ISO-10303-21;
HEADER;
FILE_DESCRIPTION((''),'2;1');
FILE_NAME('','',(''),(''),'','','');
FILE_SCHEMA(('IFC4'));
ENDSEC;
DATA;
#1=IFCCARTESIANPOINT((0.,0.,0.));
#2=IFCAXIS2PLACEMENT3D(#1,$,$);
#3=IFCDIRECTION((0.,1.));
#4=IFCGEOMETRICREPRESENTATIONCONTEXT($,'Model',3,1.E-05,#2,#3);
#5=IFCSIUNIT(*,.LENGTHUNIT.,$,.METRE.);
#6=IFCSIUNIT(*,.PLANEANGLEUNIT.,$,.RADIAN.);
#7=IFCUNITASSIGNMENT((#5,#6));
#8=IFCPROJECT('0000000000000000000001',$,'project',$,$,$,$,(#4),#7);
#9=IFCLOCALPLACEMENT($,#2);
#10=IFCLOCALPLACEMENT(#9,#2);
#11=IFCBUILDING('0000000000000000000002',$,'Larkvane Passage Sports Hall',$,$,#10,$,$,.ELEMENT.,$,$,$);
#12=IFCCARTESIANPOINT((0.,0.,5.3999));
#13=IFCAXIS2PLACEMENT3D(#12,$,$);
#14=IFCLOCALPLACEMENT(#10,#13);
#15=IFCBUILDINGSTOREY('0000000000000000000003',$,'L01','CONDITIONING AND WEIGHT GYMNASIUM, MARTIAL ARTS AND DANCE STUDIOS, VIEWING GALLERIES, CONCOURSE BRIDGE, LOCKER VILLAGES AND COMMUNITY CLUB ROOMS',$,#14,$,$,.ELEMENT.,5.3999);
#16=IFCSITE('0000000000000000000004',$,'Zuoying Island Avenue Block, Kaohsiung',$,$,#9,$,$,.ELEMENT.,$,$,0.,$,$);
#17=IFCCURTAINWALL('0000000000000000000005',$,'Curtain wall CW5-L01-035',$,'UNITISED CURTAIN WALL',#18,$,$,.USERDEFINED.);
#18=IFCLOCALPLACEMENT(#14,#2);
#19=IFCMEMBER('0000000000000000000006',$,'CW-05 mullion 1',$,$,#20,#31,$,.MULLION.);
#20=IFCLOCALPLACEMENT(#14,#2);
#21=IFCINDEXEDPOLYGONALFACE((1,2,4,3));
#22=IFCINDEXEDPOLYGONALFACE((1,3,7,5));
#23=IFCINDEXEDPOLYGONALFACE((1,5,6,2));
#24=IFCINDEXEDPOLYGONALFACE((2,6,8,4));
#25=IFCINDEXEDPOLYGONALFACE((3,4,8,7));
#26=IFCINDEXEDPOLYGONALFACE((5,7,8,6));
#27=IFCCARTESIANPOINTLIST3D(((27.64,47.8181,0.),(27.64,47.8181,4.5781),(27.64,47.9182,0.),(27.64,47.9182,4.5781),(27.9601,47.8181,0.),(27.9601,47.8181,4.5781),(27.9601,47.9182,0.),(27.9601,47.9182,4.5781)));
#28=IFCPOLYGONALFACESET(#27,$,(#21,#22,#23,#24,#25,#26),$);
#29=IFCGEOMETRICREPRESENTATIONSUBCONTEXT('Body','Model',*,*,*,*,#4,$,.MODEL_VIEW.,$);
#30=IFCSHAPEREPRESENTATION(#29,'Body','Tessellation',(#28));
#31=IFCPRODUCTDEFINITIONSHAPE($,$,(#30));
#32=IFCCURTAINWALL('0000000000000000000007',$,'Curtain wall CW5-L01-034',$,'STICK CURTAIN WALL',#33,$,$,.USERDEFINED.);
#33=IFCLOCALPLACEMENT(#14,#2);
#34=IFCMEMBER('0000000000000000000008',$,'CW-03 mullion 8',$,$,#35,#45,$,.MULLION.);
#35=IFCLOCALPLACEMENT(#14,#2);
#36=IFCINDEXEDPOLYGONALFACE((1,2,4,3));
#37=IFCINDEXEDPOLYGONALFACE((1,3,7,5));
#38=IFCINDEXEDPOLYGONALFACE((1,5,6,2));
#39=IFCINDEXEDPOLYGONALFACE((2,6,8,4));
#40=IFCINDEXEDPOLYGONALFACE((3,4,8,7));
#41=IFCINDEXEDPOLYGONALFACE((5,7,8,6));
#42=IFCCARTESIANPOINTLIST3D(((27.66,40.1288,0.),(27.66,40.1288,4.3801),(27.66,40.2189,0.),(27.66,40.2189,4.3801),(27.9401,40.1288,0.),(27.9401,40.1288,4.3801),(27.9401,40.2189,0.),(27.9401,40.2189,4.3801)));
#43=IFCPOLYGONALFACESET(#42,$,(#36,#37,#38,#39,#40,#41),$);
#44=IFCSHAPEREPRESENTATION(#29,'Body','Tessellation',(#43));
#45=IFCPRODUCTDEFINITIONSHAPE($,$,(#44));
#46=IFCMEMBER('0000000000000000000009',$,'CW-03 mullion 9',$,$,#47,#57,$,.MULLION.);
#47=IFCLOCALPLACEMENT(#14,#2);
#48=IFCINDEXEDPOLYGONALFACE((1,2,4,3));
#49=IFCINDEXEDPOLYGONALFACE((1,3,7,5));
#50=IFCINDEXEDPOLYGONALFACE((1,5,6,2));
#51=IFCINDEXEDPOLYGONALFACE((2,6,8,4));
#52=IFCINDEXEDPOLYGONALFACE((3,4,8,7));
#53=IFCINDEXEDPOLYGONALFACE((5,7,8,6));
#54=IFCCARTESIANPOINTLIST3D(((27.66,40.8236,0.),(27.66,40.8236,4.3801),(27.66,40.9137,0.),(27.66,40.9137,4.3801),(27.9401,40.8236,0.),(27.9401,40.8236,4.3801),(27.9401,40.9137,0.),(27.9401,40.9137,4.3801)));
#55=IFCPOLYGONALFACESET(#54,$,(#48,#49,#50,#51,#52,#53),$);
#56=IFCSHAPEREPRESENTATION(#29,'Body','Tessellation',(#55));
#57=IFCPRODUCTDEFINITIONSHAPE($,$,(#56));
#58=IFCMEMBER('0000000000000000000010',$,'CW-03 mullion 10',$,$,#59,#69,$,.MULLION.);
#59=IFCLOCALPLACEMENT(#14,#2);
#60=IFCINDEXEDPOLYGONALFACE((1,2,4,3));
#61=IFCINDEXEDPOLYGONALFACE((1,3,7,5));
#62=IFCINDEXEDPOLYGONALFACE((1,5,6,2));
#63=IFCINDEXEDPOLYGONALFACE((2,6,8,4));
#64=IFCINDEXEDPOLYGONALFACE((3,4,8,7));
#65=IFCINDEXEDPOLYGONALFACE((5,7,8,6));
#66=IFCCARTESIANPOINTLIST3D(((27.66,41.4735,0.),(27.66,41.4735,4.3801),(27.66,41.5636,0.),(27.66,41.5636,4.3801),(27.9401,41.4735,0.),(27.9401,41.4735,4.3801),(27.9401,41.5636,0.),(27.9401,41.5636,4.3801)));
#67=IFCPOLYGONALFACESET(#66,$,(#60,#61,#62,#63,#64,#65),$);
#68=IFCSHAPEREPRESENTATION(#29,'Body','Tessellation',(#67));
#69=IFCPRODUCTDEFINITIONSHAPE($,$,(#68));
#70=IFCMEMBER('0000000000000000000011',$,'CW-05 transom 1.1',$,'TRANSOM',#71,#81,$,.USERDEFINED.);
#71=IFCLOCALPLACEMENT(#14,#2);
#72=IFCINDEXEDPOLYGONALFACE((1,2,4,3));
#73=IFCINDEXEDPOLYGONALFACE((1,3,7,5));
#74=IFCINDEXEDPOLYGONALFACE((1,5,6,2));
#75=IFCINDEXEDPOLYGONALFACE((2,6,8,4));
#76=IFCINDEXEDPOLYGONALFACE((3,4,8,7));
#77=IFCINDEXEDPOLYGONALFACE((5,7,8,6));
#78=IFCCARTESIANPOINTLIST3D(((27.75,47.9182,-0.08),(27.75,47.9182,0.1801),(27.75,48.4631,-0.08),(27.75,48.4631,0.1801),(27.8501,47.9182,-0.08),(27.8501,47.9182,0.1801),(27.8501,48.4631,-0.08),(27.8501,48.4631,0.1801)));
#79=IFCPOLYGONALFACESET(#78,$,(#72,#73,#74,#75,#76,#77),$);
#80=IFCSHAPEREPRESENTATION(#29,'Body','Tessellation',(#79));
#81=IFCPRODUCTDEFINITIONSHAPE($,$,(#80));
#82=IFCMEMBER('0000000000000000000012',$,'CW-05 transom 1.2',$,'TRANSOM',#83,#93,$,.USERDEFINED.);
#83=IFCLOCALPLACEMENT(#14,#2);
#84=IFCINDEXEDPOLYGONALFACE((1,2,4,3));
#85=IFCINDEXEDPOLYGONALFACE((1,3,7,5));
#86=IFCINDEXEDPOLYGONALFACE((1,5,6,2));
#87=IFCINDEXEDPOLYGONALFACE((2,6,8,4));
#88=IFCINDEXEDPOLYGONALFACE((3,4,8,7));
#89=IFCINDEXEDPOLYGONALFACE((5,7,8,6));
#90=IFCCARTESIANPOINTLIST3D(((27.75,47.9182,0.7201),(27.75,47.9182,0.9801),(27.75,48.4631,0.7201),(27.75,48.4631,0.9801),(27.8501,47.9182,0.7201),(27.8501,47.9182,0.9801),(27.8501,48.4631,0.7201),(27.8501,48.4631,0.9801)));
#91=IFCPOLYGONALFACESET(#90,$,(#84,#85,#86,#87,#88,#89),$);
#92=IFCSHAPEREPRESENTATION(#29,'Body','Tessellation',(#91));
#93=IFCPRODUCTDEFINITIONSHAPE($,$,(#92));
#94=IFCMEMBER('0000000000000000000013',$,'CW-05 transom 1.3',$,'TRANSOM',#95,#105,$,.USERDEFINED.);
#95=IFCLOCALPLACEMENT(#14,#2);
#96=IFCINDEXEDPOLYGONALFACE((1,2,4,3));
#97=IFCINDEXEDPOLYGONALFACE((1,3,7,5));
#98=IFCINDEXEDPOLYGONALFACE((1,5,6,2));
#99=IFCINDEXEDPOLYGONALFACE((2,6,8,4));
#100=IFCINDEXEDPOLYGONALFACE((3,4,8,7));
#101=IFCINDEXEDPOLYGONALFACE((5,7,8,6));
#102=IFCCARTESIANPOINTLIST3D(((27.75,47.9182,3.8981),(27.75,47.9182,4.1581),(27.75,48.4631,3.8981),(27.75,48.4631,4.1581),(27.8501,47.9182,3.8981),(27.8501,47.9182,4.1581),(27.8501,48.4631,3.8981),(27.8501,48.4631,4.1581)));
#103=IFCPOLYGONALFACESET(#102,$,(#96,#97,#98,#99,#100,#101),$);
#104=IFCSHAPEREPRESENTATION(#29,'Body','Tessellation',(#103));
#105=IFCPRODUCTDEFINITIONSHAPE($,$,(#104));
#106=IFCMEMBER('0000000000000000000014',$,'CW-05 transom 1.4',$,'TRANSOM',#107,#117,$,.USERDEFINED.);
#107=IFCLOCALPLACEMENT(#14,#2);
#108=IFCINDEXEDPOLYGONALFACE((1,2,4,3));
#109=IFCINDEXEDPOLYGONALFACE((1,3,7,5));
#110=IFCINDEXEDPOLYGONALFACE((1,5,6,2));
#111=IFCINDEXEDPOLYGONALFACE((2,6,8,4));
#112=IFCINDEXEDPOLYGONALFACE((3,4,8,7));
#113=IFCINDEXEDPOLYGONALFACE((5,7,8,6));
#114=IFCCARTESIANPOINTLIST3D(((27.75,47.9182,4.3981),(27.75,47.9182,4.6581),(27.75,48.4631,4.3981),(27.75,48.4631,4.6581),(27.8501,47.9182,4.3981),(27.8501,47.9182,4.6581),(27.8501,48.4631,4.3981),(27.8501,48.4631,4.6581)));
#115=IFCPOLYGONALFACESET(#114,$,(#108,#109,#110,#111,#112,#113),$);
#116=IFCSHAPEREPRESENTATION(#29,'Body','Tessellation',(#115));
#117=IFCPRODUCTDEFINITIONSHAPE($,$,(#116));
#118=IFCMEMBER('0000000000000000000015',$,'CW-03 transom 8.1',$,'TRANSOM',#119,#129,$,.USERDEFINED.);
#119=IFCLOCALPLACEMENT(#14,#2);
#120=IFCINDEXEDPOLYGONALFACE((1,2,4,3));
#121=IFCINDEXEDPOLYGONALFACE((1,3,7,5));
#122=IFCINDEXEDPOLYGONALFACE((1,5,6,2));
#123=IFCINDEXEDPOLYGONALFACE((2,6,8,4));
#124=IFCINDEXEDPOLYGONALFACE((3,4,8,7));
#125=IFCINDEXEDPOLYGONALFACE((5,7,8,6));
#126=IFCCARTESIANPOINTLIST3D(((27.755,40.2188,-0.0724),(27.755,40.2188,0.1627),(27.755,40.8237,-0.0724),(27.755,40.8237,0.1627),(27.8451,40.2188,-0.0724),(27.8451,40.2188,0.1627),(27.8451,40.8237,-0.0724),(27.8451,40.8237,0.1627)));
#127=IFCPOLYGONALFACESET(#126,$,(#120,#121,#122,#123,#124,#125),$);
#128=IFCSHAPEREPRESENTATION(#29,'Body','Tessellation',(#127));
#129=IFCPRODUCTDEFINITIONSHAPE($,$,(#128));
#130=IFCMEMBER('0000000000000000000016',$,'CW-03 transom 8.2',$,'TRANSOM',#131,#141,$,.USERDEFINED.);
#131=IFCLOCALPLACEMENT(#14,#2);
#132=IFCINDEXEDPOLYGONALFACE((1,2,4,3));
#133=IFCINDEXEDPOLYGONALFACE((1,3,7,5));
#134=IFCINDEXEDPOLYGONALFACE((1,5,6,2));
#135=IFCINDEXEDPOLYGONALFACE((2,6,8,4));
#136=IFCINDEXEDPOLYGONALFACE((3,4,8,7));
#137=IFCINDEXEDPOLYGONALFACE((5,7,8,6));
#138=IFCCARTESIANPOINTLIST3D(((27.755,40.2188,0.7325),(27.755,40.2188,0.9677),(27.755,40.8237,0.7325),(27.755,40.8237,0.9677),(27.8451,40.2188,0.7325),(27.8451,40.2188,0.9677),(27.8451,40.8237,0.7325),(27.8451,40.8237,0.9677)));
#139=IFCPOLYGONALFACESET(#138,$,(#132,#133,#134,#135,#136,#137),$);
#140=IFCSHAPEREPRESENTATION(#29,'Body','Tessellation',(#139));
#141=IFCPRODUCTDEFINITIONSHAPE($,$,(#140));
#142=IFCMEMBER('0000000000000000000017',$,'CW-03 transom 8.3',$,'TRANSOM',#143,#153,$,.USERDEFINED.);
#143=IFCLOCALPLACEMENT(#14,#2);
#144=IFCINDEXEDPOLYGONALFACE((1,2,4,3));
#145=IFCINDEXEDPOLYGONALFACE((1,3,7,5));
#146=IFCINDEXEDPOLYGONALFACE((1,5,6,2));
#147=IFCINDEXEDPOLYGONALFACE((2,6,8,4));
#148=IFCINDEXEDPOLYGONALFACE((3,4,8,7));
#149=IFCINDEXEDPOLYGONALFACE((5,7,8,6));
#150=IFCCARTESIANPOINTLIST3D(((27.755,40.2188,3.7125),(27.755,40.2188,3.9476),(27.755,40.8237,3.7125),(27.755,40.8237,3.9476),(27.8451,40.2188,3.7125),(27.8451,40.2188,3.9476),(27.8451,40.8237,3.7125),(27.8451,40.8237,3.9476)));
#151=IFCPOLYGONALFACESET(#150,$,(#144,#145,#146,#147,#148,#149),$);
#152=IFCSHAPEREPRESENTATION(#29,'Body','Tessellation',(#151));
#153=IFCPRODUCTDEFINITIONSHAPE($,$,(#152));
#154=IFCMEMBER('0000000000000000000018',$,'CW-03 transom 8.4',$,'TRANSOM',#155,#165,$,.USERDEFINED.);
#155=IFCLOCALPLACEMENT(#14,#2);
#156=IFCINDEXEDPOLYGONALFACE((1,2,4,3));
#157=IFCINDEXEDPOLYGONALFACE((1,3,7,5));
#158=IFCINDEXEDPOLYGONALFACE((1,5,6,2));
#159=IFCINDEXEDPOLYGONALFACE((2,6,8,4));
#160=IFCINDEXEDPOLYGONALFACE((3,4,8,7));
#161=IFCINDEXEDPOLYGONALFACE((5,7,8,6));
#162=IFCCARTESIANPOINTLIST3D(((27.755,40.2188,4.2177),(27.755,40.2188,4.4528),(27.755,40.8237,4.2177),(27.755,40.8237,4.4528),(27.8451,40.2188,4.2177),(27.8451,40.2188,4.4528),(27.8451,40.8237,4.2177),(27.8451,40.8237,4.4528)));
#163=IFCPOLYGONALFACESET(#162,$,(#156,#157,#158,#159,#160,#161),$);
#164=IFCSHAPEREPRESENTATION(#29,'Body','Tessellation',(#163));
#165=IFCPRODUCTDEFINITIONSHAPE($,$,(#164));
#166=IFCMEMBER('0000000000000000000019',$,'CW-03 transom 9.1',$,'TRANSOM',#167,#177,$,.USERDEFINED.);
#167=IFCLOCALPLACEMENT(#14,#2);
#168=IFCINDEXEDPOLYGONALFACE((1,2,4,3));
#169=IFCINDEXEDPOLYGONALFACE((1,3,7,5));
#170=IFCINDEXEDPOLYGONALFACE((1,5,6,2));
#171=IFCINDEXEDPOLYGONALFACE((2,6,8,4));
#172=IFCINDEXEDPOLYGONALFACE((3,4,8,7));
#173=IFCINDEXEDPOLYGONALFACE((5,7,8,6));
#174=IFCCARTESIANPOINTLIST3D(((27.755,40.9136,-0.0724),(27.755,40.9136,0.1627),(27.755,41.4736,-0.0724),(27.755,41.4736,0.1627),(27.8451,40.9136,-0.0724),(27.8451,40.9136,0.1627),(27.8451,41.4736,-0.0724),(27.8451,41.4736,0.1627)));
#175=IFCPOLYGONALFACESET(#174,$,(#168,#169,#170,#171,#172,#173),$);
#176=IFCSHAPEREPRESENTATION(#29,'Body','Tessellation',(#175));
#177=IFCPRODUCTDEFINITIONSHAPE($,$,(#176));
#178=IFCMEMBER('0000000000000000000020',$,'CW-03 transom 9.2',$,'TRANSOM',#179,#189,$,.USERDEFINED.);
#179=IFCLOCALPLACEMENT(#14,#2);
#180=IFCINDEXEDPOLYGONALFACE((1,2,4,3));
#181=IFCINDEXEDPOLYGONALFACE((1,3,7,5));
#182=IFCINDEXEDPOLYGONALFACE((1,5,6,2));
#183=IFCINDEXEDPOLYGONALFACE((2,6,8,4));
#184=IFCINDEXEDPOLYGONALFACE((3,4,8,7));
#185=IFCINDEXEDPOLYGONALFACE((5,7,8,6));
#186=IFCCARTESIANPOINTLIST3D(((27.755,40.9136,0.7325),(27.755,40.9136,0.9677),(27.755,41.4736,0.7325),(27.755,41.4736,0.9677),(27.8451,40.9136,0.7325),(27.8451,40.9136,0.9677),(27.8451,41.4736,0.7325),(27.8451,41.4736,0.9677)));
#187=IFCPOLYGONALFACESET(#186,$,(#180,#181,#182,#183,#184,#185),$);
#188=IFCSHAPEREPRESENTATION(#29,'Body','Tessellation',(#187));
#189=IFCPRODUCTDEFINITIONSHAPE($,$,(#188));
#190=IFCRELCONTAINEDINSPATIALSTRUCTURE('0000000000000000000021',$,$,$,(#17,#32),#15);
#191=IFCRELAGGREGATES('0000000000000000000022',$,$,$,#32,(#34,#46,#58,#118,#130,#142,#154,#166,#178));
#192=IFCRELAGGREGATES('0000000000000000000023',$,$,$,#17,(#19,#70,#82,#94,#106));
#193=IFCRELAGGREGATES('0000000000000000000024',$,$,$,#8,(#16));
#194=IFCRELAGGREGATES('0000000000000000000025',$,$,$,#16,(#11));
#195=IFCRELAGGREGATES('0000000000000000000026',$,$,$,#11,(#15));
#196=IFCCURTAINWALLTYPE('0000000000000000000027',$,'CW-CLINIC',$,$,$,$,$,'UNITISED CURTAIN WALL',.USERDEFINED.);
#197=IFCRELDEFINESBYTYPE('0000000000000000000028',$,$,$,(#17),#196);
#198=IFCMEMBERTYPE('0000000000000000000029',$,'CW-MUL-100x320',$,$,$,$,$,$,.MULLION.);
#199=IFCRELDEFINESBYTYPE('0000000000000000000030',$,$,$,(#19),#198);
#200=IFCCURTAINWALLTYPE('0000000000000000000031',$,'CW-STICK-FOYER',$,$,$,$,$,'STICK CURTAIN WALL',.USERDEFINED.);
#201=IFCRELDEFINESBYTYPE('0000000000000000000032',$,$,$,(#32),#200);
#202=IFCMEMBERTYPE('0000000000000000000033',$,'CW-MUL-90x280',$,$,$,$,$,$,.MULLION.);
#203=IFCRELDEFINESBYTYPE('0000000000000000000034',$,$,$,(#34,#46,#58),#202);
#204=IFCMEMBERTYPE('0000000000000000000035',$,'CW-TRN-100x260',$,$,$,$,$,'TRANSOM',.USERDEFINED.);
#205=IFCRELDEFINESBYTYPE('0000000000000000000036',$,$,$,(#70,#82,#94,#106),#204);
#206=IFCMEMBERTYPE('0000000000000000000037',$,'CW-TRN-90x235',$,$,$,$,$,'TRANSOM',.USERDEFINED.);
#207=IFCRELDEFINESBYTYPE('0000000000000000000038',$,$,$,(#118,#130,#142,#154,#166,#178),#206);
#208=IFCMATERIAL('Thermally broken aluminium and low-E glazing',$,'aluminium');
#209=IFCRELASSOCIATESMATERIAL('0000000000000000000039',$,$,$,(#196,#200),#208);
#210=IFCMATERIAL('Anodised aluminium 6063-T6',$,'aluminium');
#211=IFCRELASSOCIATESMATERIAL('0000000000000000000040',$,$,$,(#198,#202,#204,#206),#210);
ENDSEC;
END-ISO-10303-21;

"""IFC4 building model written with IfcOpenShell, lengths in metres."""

from ifc_helpers import new_model, si_unit, direction, frame, origin, origin_2d, place, context, subcontext, project, spatial, rectangle, extrude, material, material_profile, profile_set, type_object, element, aggregate, save


model = new_model("IFC4")

# Units and contexts
model_context = context("Model", 3, precision=1e-05, world=origin(), true_north=direction((0.0, 1.0)))
body_context = subcontext(model_context, "Body", "Model", "MODEL_VIEW")
ifc_project = project(units=[si_unit("LENGTHUNIT", "METRE"), si_unit("PLANEANGLEUNIT", "RADIAN")], contexts=[model_context])

# Site, building, storey
site_placement = place(None, origin())
site = spatial("IfcSite", under=ifc_project, at=site_placement, Name="Zuoying Island Avenue Block, Kaohsiung", CompositionType="ELEMENT", RefElevation=0.0)
building_placement = place(site_placement, origin())
building = spatial("IfcBuilding", under=site, at=building_placement, Name="Larkvane Passage Sports Hall", CompositionType="ELEMENT")
storey_placement = place(building_placement, frame((0.0, 0.0, 5.3999)))
storey = spatial("IfcBuildingStorey", under=building, at=storey_placement, Name="L01", Description="CONDITIONING AND WEIGHT GYMNASIUM, MARTIAL ARTS AND DANCE STUDIOS, VIEWING GALLERIES, CONCOURSE BRIDGE, LOCKER VILLAGES AND COMMUNITY CLUB ROOMS", CompositionType="ELEMENT", Elevation=5.3999)

# Curtain wall, member
ifc_material_1 = material(Name="Thermally broken aluminium and low-E glazing", Category="aluminium")
curtain_wall_type_1 = type_object("IfcCurtainWallType", Name="CW-CLINIC", ElementType="UNITISED CURTAIN WALL", PredefinedType="USERDEFINED", material=ifc_material_1)
curtain_wall_1_placement = place(storey_placement, origin())
curtain_wall_1 = element("IfcCurtainWall", 1, at=curtain_wall_1_placement, inside=storey, type_object=curtain_wall_type_1, Name="Curtain wall CW5-L01-035", ObjectType="UNITISED CURTAIN WALL", PredefinedType="USERDEFINED")
ifc_material_2 = material(Name="Anodised aluminium 6063-T6", Category="aluminium")
ifc_material_profile_1 = material_profile(ifc_material_2, rectangle(XDim=0.1001, YDim=0.3201, at=origin_2d()), Name="ALU-MUL-100x320")
ifc_profile_set_1 = profile_set([ifc_material_profile_1], Name="Anodised aluminium 6063-T6")
member_type_1 = type_object("IfcMemberType", Name="CW-MUL-100x320", PredefinedType="MULLION", material=ifc_profile_set_1)
member_1_placement = place(storey_placement, frame((27.8, 47.8682, 0.0), z_axis=(0.0, 0.0, 1.0), x_axis=(0.0, 1.0, 0.0)))
member_1 = element("IfcMember", 2, at=member_1_placement, type_object=member_type_1, Name="CW-05 mullion 1", PredefinedType="MULLION", context=body_context, shape_type="SweptSolid", body=[
    extrude(rectangle(XDim=0.1001, YDim=0.3201, at=origin_2d()), origin(), (0.0, 0.0, 1.0), 4.5781),
])

# Curtain wall, members
curtain_wall_type_2 = type_object("IfcCurtainWallType", Name="CW-STICK-FOYER", ElementType="STICK CURTAIN WALL", PredefinedType="USERDEFINED", material=ifc_material_1)
curtain_wall_2_placement = place(storey_placement, origin())
curtain_wall_2 = element("IfcCurtainWall", 3, at=curtain_wall_2_placement, inside=storey, type_object=curtain_wall_type_2, Name="Curtain wall CW5-L01-034", ObjectType="STICK CURTAIN WALL", PredefinedType="USERDEFINED")
ifc_material_profile_2 = material_profile(ifc_material_2, rectangle(XDim=0.0901, YDim=0.28, at=origin_2d()), Name="ALU-MUL-90x280")
ifc_profile_set_2 = profile_set([ifc_material_profile_2], Name="Anodised aluminium 6063-T6")
member_type_2 = type_object("IfcMemberType", Name="CW-MUL-90x280", PredefinedType="MULLION", material=ifc_profile_set_2)
member_2_placement = place(storey_placement, frame((27.8, 40.1738, 0.0), z_axis=(0.0, 0.0, 1.0), x_axis=(0.0, 1.0, 0.0)))
member_2 = element("IfcMember", 4, at=member_2_placement, type_object=member_type_2, Name="CW-03 mullion 8", PredefinedType="MULLION", context=body_context, shape_type="SweptSolid", body=[
    extrude(rectangle(XDim=0.0901, YDim=0.28, at=origin_2d()), origin(), (0.0, 0.0, 1.0), 4.3801),
])
member_3_placement = place(storey_placement, frame((27.8, 40.8687, 0.0), z_axis=(0.0, 0.0, 1.0), x_axis=(0.0, 1.0, 0.0)))
member_3 = element("IfcMember", 5, at=member_3_placement, type_object=member_type_2, Name="CW-03 mullion 9", PredefinedType="MULLION", context=body_context, shape_type="SweptSolid", body=[
    extrude(rectangle(XDim=0.0901, YDim=0.28, at=origin_2d()), origin(), (0.0, 0.0, 1.0), 4.3801),
])
member_4_placement = place(storey_placement, frame((27.8, 41.5186, 0.0), z_axis=(0.0, 0.0, 1.0), x_axis=(0.0, 1.0, 0.0)))
member_4 = element("IfcMember", 6, at=member_4_placement, type_object=member_type_2, Name="CW-03 mullion 10", PredefinedType="MULLION", context=body_context, shape_type="SweptSolid", body=[
    extrude(rectangle(XDim=0.0901, YDim=0.28, at=origin_2d()), origin(), (0.0, 0.0, 1.0), 4.3801),
])

# Members
ifc_material_profile_3 = material_profile(ifc_material_2, rectangle(XDim=0.1001, YDim=0.26, at=origin_2d()), Name="ALU-TRN-100x260")
ifc_profile_set_3 = profile_set([ifc_material_profile_3], Name="Anodised aluminium 6063-T6")
member_type_3 = type_object("IfcMemberType", Name="CW-TRN-100x260", ElementType="TRANSOM", PredefinedType="USERDEFINED", material=ifc_profile_set_3)
member_5_placement = place(storey_placement, frame((27.8, 47.9182, 0.05), z_axis=(0.0, 1.0, 0.0), x_axis=(-1.0, 0.0, 0.0)))
member_5 = element("IfcMember", 7, at=member_5_placement, type_object=member_type_3, Name="CW-05 transom 1.1", ObjectType="TRANSOM", PredefinedType="USERDEFINED", context=body_context, shape_type="SweptSolid", body=[
    extrude(rectangle(XDim=0.1001, YDim=0.26, at=origin_2d()), origin(), (0.0, 0.0, 1.0), 0.5449),
])
member_6_placement = place(storey_placement, frame((27.8, 47.9182, 0.8501), z_axis=(0.0, 1.0, 0.0), x_axis=(-1.0, 0.0, 0.0)))
member_6 = element("IfcMember", 8, at=member_6_placement, type_object=member_type_3, Name="CW-05 transom 1.2", ObjectType="TRANSOM", PredefinedType="USERDEFINED", context=body_context, shape_type="SweptSolid", body=[
    extrude(rectangle(XDim=0.1001, YDim=0.26, at=origin_2d()), origin(), (0.0, 0.0, 1.0), 0.5449),
])
member_7_placement = place(storey_placement, frame((27.8, 47.9182, 4.0281), z_axis=(0.0, 1.0, 0.0), x_axis=(-1.0, 0.0, 0.0)))
member_7 = element("IfcMember", 9, at=member_7_placement, type_object=member_type_3, Name="CW-05 transom 1.3", ObjectType="TRANSOM", PredefinedType="USERDEFINED", context=body_context, shape_type="SweptSolid", body=[
    extrude(rectangle(XDim=0.1001, YDim=0.26, at=origin_2d()), origin(), (0.0, 0.0, 1.0), 0.5449),
])
member_8_placement = place(storey_placement, frame((27.8, 47.9182, 4.5281), z_axis=(0.0, 1.0, 0.0), x_axis=(-1.0, 0.0, 0.0)))
member_8 = element("IfcMember", 10, at=member_8_placement, type_object=member_type_3, Name="CW-05 transom 1.4", ObjectType="TRANSOM", PredefinedType="USERDEFINED", context=body_context, shape_type="SweptSolid", body=[
    extrude(rectangle(XDim=0.1001, YDim=0.26, at=origin_2d()), origin(), (0.0, 0.0, 1.0), 0.5449),
])
ifc_material_profile_4 = material_profile(ifc_material_2, rectangle(XDim=0.0901, YDim=0.2351, at=origin_2d()), Name="ALU-TRN-90x235")
ifc_profile_set_4 = profile_set([ifc_material_profile_4], Name="Anodised aluminium 6063-T6")
member_type_4 = type_object("IfcMemberType", Name="CW-TRN-90x235", ElementType="TRANSOM", PredefinedType="USERDEFINED", material=ifc_profile_set_4)
member_9_placement = place(storey_placement, frame((27.8, 40.2188, 0.0452), z_axis=(0.0, 1.0, 0.0), x_axis=(-1.0, 0.0, 0.0)))
member_9 = element("IfcMember", 11, at=member_9_placement, type_object=member_type_4, Name="CW-03 transom 8.1", ObjectType="TRANSOM", PredefinedType="USERDEFINED", context=body_context, shape_type="SweptSolid", body=[
    extrude(rectangle(XDim=0.0901, YDim=0.2351, at=origin_2d()), origin(), (0.0, 0.0, 1.0), 0.605),
])
member_10_placement = place(storey_placement, frame((27.8, 40.2188, 0.8501), z_axis=(0.0, 1.0, 0.0), x_axis=(-1.0, 0.0, 0.0)))
member_10 = element("IfcMember", 12, at=member_10_placement, type_object=member_type_4, Name="CW-03 transom 8.2", ObjectType="TRANSOM", PredefinedType="USERDEFINED", context=body_context, shape_type="SweptSolid", body=[
    extrude(rectangle(XDim=0.0901, YDim=0.2351, at=origin_2d()), origin(), (0.0, 0.0, 1.0), 0.605),
])
member_11_placement = place(storey_placement, frame((27.8, 40.2188, 3.8301), z_axis=(0.0, 1.0, 0.0), x_axis=(-1.0, 0.0, 0.0)))
member_11 = element("IfcMember", 13, at=member_11_placement, type_object=member_type_4, Name="CW-03 transom 8.3", ObjectType="TRANSOM", PredefinedType="USERDEFINED", context=body_context, shape_type="SweptSolid", body=[
    extrude(rectangle(XDim=0.0901, YDim=0.2351, at=origin_2d()), origin(), (0.0, 0.0, 1.0), 0.605),
])
member_12_placement = place(storey_placement, frame((27.8, 40.2188, 4.3352), z_axis=(0.0, 1.0, 0.0), x_axis=(-1.0, 0.0, 0.0)))
member_12 = element("IfcMember", 14, at=member_12_placement, type_object=member_type_4, Name="CW-03 transom 8.4", ObjectType="TRANSOM", PredefinedType="USERDEFINED", context=body_context, shape_type="SweptSolid", body=[
    extrude(rectangle(XDim=0.0901, YDim=0.2351, at=origin_2d()), origin(), (0.0, 0.0, 1.0), 0.605),
])
member_13_placement = place(storey_placement, frame((27.8, 40.9136, 0.0452), z_axis=(0.0, 1.0, 0.0), x_axis=(-1.0, 0.0, 0.0)))
member_13 = element("IfcMember", 15, at=member_13_placement, type_object=member_type_4, Name="CW-03 transom 9.1", ObjectType="TRANSOM", PredefinedType="USERDEFINED", context=body_context, shape_type="SweptSolid", body=[
    extrude(rectangle(XDim=0.0901, YDim=0.2351, at=origin_2d()), origin(), (0.0, 0.0, 1.0), 0.5601),
])
member_14_placement = place(storey_placement, frame((27.8, 40.9136, 0.8501), z_axis=(0.0, 1.0, 0.0), x_axis=(-1.0, 0.0, 0.0)))
member_14 = element("IfcMember", 16, at=member_14_placement, type_object=member_type_4, Name="CW-03 transom 9.2", ObjectType="TRANSOM", PredefinedType="USERDEFINED", context=body_context, shape_type="SweptSolid", body=[
    extrude(rectangle(XDim=0.0901, YDim=0.2351, at=origin_2d()), origin(), (0.0, 0.0, 1.0), 0.5601),
])

aggregate(curtain_wall_2, [member_2, member_3, member_4, member_9, member_10, member_11, member_12, member_13, member_14])
aggregate(curtain_wall_1, [member_1, member_5, member_6, member_7, member_8])

save(model, "model.ifc")
